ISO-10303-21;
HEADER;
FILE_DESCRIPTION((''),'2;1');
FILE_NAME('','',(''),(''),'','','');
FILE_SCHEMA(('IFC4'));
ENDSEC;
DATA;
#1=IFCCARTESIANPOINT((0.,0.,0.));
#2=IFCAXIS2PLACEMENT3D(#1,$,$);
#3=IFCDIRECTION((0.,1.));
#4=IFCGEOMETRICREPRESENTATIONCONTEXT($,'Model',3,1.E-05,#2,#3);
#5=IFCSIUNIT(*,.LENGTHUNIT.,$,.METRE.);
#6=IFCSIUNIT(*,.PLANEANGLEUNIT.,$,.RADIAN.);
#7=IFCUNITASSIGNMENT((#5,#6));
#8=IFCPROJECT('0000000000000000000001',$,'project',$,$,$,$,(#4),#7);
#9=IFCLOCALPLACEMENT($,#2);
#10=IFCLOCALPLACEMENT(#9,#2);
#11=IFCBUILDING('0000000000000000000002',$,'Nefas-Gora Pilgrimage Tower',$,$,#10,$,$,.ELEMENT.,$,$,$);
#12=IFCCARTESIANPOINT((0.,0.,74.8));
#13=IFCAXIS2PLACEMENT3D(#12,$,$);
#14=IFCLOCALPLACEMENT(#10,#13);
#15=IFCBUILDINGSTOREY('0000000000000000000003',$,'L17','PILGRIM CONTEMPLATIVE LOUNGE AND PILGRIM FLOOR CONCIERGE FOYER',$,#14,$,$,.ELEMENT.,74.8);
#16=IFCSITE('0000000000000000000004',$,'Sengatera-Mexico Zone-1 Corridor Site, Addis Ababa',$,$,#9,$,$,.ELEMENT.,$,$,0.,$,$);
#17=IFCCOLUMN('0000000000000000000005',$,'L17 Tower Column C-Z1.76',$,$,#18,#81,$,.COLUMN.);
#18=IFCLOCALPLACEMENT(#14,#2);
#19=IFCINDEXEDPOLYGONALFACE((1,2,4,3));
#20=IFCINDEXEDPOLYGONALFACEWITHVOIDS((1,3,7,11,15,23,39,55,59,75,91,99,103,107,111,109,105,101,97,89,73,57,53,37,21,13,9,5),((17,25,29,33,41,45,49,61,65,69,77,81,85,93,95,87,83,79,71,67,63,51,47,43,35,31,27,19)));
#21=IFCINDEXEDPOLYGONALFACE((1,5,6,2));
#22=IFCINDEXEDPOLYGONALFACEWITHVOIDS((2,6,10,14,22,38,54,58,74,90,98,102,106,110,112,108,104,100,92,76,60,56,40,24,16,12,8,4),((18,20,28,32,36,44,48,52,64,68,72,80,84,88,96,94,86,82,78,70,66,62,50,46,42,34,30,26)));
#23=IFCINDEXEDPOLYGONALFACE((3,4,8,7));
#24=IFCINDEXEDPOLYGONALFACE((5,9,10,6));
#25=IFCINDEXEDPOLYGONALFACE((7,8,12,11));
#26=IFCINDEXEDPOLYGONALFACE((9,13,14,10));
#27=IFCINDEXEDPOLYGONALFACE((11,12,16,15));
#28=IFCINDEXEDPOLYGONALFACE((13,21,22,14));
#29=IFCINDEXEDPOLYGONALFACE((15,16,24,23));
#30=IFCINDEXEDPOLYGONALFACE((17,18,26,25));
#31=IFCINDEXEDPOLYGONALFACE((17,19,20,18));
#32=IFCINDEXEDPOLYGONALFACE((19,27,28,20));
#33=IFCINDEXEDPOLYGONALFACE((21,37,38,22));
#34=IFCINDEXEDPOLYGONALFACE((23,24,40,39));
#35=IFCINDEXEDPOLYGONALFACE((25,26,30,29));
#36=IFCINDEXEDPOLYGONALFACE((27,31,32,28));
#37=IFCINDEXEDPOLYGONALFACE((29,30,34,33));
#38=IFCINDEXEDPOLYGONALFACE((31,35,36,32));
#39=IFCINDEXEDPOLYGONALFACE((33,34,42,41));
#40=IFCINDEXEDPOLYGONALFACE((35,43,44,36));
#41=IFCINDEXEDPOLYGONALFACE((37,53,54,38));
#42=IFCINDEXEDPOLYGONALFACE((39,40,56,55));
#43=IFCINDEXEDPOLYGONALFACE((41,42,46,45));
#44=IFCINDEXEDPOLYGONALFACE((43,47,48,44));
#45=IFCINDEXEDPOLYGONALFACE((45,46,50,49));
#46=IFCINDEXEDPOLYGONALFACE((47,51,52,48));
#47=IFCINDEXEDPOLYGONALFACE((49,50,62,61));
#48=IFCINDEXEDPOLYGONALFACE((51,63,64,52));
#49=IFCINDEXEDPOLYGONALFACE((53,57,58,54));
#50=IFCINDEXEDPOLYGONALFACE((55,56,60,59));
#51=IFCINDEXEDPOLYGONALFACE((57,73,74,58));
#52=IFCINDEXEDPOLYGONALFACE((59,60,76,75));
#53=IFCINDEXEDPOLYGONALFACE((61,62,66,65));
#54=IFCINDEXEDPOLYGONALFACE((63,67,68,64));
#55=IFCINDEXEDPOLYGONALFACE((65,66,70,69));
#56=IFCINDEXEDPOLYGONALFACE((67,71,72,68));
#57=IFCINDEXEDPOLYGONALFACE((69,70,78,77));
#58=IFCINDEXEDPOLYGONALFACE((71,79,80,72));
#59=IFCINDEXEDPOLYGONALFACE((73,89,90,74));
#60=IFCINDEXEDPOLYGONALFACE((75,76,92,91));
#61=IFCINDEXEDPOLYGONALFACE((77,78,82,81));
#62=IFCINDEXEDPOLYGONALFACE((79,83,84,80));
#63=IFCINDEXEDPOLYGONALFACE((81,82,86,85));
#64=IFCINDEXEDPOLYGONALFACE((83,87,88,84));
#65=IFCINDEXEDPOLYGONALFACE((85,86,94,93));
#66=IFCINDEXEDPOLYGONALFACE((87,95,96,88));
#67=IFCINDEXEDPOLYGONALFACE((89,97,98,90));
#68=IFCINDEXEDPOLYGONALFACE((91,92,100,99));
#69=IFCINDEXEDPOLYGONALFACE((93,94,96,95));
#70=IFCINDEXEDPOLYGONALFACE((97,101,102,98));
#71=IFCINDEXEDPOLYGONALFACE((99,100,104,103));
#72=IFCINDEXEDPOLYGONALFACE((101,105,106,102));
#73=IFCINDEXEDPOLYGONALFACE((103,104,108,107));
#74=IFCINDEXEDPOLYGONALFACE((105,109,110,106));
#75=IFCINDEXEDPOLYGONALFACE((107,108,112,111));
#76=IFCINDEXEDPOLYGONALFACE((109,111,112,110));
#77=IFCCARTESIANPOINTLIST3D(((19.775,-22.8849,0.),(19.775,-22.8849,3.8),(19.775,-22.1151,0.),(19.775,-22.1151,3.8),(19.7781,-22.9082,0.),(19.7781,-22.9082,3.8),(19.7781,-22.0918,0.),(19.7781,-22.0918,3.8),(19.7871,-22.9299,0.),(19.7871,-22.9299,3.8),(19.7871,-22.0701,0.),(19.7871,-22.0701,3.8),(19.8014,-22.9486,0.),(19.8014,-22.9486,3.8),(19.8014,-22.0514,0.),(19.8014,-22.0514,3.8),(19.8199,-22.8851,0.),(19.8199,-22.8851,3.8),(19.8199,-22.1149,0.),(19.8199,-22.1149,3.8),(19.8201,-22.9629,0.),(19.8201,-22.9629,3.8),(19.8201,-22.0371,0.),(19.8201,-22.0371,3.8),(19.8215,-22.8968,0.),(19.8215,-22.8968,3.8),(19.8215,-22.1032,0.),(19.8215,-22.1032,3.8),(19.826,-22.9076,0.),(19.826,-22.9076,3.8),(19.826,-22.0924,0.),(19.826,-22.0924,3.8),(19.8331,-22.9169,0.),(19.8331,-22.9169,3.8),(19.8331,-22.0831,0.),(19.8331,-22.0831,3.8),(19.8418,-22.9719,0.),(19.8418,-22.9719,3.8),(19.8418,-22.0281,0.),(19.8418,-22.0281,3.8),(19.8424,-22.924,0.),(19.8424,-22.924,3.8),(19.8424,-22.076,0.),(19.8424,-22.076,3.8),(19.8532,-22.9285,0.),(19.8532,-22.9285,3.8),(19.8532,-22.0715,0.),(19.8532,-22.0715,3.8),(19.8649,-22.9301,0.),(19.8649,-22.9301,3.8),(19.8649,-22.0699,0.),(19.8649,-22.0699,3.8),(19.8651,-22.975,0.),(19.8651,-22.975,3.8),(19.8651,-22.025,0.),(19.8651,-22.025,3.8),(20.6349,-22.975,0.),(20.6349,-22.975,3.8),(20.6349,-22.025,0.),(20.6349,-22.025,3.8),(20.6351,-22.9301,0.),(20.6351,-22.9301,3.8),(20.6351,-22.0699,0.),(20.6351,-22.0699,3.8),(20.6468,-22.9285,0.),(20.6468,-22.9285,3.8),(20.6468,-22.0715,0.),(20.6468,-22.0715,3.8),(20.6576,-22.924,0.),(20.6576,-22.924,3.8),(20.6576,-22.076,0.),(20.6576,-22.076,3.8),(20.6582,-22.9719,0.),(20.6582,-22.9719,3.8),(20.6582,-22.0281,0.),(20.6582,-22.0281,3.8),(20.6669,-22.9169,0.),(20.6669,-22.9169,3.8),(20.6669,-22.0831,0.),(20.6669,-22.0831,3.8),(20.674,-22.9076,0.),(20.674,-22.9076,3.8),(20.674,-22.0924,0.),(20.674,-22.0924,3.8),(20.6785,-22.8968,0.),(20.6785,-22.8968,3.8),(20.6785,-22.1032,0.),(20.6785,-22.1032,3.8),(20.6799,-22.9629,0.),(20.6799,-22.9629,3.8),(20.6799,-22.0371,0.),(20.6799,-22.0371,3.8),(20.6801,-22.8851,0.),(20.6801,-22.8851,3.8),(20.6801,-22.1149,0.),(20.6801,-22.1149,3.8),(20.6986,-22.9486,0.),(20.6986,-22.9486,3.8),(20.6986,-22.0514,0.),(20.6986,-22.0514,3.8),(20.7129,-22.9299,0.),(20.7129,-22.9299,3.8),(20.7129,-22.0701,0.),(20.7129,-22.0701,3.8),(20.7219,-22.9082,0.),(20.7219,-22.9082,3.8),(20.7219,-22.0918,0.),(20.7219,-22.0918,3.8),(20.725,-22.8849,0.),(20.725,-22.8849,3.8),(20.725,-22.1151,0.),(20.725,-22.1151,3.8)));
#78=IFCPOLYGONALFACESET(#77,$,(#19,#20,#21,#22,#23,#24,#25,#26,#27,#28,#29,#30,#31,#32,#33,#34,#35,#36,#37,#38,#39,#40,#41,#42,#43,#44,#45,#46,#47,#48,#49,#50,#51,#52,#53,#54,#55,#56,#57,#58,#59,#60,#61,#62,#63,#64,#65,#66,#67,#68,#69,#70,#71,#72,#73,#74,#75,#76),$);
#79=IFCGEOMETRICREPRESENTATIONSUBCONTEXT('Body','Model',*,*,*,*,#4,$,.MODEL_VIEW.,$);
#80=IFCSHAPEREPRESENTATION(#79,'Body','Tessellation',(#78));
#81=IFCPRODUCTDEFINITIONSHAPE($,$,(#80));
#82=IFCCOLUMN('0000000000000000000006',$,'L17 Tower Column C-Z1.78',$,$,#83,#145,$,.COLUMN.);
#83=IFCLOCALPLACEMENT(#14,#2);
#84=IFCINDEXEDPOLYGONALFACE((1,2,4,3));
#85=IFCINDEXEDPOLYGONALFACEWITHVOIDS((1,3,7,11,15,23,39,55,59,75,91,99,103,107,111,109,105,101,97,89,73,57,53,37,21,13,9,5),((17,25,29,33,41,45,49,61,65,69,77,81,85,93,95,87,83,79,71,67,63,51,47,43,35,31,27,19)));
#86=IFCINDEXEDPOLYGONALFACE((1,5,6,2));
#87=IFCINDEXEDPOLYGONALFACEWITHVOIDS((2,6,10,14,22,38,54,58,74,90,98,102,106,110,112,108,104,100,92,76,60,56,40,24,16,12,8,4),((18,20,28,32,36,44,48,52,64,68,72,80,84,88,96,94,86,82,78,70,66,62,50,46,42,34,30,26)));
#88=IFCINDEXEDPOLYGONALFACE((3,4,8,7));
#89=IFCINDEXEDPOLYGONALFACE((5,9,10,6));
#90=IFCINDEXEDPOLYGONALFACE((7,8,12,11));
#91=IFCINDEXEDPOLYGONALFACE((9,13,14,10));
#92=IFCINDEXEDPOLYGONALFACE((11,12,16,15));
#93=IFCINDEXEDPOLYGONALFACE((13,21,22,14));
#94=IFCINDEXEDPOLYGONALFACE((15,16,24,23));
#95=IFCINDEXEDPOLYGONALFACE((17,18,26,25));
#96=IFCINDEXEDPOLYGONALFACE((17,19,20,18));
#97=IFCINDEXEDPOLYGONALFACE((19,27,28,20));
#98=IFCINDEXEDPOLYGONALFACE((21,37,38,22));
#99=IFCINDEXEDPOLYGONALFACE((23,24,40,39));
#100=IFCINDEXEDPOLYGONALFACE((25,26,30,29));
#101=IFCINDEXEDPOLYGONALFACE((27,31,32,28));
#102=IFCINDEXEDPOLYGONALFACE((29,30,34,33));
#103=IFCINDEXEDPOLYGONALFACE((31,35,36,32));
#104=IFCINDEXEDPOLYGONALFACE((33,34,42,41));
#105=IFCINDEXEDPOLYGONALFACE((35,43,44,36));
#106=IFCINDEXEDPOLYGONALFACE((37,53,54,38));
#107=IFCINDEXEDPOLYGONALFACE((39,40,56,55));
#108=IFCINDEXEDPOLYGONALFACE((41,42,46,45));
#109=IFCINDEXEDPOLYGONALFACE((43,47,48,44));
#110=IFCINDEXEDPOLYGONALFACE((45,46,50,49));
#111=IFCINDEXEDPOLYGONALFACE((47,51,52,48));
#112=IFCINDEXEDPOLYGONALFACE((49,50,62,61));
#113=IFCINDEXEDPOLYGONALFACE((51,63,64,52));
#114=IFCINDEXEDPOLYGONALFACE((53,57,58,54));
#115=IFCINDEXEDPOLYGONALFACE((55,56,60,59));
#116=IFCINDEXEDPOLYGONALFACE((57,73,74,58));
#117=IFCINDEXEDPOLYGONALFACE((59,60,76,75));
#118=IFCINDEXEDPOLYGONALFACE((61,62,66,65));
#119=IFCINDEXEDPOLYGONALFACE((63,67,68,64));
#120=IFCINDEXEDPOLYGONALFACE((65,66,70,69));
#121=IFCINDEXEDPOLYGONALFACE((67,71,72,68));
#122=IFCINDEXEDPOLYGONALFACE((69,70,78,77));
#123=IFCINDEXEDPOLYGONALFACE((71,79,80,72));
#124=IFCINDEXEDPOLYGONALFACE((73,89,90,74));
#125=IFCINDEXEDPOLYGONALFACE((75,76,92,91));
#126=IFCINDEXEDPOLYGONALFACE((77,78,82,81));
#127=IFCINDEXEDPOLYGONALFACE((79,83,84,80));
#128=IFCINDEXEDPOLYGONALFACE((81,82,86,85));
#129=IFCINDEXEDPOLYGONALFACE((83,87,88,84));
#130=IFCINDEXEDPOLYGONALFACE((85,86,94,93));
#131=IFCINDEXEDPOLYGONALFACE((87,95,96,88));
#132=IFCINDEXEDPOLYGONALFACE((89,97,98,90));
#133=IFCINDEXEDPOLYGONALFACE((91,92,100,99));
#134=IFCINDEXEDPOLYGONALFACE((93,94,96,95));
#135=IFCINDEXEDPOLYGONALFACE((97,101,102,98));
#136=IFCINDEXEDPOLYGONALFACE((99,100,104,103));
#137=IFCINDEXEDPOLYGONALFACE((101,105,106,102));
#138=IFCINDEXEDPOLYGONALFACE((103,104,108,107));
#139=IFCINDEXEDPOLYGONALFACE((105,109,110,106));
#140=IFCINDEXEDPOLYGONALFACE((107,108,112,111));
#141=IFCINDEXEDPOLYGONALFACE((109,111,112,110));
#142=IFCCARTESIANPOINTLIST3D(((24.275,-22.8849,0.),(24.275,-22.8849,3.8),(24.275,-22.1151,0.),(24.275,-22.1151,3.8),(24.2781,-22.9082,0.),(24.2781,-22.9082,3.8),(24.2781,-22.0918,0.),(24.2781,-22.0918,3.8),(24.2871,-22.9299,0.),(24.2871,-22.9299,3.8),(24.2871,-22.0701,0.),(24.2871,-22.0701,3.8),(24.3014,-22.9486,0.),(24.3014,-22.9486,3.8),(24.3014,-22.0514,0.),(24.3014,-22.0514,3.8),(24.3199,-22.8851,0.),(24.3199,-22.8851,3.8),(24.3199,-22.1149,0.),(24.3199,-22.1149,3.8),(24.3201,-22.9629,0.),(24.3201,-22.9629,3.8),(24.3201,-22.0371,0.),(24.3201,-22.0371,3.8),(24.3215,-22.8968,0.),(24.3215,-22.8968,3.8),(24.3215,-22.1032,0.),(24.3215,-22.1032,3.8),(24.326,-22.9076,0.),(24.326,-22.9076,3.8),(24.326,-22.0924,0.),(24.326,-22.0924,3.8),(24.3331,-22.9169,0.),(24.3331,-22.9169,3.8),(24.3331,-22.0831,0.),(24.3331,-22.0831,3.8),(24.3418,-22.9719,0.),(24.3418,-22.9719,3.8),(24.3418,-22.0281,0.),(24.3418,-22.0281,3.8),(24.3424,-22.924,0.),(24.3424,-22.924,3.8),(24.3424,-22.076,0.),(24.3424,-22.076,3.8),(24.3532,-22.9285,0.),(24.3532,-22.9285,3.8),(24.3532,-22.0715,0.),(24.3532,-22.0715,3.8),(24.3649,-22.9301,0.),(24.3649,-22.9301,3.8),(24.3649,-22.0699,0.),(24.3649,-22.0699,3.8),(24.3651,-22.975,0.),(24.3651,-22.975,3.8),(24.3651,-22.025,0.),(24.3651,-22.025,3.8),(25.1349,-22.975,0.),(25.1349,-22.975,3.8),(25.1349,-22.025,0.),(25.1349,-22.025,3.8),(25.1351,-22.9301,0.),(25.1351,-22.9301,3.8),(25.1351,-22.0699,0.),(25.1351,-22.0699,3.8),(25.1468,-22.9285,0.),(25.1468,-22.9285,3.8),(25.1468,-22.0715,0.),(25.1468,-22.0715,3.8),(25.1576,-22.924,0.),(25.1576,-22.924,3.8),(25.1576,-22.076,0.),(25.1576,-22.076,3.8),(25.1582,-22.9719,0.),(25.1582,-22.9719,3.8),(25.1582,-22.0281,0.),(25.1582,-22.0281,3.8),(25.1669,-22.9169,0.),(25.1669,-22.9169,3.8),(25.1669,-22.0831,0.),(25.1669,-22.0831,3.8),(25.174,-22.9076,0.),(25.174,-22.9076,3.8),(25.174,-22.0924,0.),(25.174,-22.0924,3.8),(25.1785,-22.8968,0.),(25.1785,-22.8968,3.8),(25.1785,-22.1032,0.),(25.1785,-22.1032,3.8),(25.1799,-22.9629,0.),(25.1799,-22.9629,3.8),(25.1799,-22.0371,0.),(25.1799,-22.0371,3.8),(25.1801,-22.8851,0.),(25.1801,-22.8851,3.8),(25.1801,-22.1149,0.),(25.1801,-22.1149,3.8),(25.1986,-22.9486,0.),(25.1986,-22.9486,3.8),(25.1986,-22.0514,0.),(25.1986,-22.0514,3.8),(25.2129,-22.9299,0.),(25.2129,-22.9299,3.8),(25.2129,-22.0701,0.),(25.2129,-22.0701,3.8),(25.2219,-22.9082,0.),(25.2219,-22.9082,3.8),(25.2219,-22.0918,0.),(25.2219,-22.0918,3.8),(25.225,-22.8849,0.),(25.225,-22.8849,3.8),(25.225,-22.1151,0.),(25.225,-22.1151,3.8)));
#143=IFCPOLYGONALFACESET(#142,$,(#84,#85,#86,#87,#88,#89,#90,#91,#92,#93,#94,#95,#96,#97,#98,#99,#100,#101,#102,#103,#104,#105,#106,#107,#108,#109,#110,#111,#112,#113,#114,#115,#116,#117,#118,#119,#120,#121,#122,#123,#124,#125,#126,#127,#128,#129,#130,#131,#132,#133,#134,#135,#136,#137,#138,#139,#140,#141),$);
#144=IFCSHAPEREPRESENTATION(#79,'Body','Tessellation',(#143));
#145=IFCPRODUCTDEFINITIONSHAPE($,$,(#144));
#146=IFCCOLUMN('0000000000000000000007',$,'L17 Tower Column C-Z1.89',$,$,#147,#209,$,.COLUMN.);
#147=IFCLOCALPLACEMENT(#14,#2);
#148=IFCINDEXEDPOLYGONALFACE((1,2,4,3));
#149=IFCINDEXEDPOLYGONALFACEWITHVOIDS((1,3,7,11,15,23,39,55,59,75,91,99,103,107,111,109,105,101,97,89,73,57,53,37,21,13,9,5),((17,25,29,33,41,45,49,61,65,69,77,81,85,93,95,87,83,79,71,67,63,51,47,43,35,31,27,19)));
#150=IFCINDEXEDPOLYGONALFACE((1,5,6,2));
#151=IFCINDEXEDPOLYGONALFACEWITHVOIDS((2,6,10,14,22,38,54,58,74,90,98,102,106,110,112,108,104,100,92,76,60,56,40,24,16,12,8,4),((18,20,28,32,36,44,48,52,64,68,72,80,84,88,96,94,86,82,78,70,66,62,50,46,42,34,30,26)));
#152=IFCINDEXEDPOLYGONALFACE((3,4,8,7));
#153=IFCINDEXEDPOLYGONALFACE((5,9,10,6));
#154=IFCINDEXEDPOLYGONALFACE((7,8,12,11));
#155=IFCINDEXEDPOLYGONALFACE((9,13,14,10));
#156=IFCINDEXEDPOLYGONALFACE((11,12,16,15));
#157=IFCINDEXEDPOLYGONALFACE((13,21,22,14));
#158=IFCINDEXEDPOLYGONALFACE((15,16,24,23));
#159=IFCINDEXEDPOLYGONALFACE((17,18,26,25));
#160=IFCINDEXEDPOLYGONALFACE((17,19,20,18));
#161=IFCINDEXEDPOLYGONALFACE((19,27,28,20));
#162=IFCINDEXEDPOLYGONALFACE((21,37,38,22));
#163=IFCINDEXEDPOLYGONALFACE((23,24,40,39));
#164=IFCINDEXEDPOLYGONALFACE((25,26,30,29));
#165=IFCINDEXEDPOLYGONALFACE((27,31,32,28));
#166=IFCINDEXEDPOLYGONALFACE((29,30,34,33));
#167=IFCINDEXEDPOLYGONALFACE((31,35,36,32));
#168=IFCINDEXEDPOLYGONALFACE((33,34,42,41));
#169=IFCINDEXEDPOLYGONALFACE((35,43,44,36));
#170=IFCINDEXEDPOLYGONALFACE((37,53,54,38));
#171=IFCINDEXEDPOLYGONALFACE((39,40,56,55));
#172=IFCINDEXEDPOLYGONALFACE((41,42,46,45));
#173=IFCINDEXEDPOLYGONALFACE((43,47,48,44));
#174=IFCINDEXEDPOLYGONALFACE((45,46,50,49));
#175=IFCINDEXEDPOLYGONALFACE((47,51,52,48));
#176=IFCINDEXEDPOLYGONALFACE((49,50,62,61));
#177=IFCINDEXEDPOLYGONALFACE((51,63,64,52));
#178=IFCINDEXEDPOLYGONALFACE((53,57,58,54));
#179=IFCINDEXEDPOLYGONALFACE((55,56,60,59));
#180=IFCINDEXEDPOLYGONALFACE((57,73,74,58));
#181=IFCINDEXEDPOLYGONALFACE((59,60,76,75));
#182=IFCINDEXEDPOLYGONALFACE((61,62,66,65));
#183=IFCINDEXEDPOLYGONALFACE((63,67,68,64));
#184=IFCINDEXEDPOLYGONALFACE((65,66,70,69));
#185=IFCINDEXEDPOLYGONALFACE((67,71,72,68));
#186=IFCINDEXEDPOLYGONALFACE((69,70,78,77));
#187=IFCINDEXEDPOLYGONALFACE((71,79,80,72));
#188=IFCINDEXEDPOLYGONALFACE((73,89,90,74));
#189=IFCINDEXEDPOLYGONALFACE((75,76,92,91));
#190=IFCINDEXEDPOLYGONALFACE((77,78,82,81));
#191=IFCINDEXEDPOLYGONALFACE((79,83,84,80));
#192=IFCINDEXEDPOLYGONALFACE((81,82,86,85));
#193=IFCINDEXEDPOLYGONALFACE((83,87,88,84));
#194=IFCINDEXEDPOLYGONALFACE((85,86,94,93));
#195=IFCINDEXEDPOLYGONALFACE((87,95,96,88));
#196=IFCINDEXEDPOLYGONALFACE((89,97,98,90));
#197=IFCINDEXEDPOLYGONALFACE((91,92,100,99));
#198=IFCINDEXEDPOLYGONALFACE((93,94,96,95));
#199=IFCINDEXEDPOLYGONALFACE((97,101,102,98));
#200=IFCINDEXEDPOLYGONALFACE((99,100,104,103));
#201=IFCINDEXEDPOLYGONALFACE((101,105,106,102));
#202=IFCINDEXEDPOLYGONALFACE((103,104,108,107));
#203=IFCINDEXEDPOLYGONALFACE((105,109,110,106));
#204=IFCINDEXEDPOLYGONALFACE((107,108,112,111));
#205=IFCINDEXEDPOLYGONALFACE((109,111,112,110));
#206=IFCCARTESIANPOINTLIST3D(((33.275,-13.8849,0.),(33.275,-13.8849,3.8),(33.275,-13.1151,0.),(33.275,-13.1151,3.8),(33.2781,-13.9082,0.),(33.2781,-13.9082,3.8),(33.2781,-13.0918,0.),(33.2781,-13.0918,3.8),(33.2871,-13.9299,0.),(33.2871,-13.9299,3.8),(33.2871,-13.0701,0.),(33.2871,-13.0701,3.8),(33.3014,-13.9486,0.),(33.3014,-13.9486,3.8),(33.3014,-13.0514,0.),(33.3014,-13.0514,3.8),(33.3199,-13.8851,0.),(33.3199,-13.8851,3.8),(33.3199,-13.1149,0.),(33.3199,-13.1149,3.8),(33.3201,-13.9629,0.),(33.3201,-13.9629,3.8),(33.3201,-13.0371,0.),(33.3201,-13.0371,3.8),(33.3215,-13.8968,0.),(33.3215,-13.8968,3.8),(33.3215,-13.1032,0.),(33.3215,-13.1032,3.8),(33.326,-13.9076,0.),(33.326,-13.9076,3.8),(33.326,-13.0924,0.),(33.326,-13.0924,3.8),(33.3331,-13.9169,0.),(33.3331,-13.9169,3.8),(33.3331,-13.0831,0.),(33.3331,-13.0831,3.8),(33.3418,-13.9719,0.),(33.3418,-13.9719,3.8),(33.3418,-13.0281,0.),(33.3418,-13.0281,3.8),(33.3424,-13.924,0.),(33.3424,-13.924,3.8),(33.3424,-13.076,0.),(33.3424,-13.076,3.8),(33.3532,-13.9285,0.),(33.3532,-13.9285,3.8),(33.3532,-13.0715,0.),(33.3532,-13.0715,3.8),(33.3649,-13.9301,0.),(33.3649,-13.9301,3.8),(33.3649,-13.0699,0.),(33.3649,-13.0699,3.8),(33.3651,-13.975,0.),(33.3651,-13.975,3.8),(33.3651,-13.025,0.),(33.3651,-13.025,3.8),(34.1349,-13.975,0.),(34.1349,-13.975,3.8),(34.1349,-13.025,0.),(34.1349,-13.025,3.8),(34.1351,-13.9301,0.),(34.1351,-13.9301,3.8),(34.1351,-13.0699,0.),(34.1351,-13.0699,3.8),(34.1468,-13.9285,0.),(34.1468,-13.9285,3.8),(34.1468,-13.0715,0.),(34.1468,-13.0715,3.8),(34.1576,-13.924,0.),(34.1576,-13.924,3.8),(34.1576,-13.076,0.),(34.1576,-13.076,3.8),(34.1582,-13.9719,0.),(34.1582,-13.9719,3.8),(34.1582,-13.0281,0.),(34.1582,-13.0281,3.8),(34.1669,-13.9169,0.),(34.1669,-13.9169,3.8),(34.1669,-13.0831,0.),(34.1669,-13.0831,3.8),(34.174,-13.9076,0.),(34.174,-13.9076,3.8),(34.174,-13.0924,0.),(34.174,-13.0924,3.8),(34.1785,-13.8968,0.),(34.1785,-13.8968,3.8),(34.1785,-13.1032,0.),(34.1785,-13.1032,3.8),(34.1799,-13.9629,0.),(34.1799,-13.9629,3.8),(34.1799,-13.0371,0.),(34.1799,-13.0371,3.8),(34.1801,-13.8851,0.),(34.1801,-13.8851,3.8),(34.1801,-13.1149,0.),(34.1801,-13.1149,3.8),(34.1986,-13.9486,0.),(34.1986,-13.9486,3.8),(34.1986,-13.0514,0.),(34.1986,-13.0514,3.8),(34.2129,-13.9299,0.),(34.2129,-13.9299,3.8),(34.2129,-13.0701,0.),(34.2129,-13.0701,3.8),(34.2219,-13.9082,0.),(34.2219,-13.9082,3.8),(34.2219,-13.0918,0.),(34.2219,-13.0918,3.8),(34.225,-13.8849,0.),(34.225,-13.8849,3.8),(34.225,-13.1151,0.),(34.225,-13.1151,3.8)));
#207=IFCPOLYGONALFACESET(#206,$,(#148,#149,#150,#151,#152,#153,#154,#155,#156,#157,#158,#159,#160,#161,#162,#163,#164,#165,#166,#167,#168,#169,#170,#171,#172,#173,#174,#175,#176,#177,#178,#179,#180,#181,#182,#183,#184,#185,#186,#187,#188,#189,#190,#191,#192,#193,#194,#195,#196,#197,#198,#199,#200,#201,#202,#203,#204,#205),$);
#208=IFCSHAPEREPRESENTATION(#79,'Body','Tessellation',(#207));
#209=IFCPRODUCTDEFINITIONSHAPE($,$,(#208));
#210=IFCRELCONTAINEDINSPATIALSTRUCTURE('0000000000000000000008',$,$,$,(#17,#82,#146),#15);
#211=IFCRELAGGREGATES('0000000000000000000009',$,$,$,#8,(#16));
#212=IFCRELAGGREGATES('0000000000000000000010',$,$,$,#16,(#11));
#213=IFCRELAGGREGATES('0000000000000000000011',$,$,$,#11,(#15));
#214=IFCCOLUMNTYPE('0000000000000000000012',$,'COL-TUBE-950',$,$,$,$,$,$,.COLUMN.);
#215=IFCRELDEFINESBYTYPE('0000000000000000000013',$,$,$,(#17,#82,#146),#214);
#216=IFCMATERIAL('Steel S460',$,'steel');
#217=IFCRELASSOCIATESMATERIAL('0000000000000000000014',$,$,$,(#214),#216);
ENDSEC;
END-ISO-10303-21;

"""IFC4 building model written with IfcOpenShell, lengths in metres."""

from ifc_helpers import new_model, si_unit, direction, frame, origin, origin_2d, place, context, subcontext, project, spatial, hollow_rectangle, extrude, source, transform, mapped, material, material_profile, profile_set, type_object, element, save


model = new_model("IFC4")

# Units and contexts
model_context = context("Model", 3, precision=1e-05, world=origin(), true_north=direction((0.0, 1.0)))
body_context = subcontext(model_context, "Body", "Model", "MODEL_VIEW")
ifc_project = project(units=[si_unit("LENGTHUNIT", "METRE"), si_unit("PLANEANGLEUNIT", "RADIAN")], contexts=[model_context])

# Site, building, storey
site_placement = place(None, origin())
site = spatial("IfcSite", under=ifc_project, at=site_placement, Name="Sengatera-Mexico Zone-1 Corridor Site, Addis Ababa", CompositionType="ELEMENT", RefElevation=0.0)
building_placement = place(site_placement, origin())
building = spatial("IfcBuilding", under=site, at=building_placement, Name="Nefas-Gora Pilgrimage Tower", CompositionType="ELEMENT")
storey_placement = place(building_placement, frame((0.0, 0.0, 74.8)))
storey = spatial("IfcBuildingStorey", under=building, at=storey_placement, Name="L17", Description="PILGRIM CONTEMPLATIVE LOUNGE AND PILGRIM FLOOR CONCIERGE FOYER", CompositionType="ELEMENT", Elevation=74.8)

# Columns
ifc_material_1 = material(Name="Steel S460", Category="steel")
ifc_material_profile_1 = material_profile(ifc_material_1, hollow_rectangle(XDim=0.95, YDim=0.95, WallThickness=0.0449, InnerFilletRadius=0.0449, OuterFilletRadius=0.0901, at=origin_2d()), Name="BOX 950x950x45")
ifc_profile_set_1 = profile_set([ifc_material_profile_1], Name="Steel S460")
column_type_1 = type_object("IfcColumnType", Name="COL-TUBE-950", PredefinedType="COLUMN", material=ifc_profile_set_1)
shared_shape_1 = source(origin(), body_context, "Body", "SweptSolid", [
    extrude(hollow_rectangle(XDim=0.95, YDim=0.95, WallThickness=0.0449, InnerFilletRadius=0.0449, OuterFilletRadius=0.0901, at=origin_2d()), origin(), (0.0, 0.0, 1.0), 3.8),
])
for number, where, z_axis, x_axis, name in (
    (1, (20.25, -22.5, 0.0), (0.0, 0.0, 1.0), (1.0, 0.0, 0.0), "L17 Tower Column C-Z1.76"),
    (2, (24.75, -22.5, 0.0), (0.0, 0.0, 1.0), (1.0, 0.0, 0.0), "L17 Tower Column C-Z1.78"),
    (3, (33.75, -13.5, 0.0), (0.0, 0.0, 1.0), (1.0, 0.0, 0.0), "L17 Tower Column C-Z1.89"),
):
    element("IfcColumn", number, at=place(storey_placement, frame(where, z_axis=z_axis, x_axis=x_axis)), inside=storey, type_object=column_type_1, Name=name, PredefinedType="COLUMN", context=body_context, shape_type="MappedRepresentation", body=[
        mapped(shared_shape_1, transform((0.0, 0.0, 0.0), x_axis=(1.0, 0.0, 0.0), y_axis=(0.0, 1.0, 0.0), z_axis=(0.0, 0.0, 1.0), scale=1.0)),
    ])

save(model, "model.ifc")
